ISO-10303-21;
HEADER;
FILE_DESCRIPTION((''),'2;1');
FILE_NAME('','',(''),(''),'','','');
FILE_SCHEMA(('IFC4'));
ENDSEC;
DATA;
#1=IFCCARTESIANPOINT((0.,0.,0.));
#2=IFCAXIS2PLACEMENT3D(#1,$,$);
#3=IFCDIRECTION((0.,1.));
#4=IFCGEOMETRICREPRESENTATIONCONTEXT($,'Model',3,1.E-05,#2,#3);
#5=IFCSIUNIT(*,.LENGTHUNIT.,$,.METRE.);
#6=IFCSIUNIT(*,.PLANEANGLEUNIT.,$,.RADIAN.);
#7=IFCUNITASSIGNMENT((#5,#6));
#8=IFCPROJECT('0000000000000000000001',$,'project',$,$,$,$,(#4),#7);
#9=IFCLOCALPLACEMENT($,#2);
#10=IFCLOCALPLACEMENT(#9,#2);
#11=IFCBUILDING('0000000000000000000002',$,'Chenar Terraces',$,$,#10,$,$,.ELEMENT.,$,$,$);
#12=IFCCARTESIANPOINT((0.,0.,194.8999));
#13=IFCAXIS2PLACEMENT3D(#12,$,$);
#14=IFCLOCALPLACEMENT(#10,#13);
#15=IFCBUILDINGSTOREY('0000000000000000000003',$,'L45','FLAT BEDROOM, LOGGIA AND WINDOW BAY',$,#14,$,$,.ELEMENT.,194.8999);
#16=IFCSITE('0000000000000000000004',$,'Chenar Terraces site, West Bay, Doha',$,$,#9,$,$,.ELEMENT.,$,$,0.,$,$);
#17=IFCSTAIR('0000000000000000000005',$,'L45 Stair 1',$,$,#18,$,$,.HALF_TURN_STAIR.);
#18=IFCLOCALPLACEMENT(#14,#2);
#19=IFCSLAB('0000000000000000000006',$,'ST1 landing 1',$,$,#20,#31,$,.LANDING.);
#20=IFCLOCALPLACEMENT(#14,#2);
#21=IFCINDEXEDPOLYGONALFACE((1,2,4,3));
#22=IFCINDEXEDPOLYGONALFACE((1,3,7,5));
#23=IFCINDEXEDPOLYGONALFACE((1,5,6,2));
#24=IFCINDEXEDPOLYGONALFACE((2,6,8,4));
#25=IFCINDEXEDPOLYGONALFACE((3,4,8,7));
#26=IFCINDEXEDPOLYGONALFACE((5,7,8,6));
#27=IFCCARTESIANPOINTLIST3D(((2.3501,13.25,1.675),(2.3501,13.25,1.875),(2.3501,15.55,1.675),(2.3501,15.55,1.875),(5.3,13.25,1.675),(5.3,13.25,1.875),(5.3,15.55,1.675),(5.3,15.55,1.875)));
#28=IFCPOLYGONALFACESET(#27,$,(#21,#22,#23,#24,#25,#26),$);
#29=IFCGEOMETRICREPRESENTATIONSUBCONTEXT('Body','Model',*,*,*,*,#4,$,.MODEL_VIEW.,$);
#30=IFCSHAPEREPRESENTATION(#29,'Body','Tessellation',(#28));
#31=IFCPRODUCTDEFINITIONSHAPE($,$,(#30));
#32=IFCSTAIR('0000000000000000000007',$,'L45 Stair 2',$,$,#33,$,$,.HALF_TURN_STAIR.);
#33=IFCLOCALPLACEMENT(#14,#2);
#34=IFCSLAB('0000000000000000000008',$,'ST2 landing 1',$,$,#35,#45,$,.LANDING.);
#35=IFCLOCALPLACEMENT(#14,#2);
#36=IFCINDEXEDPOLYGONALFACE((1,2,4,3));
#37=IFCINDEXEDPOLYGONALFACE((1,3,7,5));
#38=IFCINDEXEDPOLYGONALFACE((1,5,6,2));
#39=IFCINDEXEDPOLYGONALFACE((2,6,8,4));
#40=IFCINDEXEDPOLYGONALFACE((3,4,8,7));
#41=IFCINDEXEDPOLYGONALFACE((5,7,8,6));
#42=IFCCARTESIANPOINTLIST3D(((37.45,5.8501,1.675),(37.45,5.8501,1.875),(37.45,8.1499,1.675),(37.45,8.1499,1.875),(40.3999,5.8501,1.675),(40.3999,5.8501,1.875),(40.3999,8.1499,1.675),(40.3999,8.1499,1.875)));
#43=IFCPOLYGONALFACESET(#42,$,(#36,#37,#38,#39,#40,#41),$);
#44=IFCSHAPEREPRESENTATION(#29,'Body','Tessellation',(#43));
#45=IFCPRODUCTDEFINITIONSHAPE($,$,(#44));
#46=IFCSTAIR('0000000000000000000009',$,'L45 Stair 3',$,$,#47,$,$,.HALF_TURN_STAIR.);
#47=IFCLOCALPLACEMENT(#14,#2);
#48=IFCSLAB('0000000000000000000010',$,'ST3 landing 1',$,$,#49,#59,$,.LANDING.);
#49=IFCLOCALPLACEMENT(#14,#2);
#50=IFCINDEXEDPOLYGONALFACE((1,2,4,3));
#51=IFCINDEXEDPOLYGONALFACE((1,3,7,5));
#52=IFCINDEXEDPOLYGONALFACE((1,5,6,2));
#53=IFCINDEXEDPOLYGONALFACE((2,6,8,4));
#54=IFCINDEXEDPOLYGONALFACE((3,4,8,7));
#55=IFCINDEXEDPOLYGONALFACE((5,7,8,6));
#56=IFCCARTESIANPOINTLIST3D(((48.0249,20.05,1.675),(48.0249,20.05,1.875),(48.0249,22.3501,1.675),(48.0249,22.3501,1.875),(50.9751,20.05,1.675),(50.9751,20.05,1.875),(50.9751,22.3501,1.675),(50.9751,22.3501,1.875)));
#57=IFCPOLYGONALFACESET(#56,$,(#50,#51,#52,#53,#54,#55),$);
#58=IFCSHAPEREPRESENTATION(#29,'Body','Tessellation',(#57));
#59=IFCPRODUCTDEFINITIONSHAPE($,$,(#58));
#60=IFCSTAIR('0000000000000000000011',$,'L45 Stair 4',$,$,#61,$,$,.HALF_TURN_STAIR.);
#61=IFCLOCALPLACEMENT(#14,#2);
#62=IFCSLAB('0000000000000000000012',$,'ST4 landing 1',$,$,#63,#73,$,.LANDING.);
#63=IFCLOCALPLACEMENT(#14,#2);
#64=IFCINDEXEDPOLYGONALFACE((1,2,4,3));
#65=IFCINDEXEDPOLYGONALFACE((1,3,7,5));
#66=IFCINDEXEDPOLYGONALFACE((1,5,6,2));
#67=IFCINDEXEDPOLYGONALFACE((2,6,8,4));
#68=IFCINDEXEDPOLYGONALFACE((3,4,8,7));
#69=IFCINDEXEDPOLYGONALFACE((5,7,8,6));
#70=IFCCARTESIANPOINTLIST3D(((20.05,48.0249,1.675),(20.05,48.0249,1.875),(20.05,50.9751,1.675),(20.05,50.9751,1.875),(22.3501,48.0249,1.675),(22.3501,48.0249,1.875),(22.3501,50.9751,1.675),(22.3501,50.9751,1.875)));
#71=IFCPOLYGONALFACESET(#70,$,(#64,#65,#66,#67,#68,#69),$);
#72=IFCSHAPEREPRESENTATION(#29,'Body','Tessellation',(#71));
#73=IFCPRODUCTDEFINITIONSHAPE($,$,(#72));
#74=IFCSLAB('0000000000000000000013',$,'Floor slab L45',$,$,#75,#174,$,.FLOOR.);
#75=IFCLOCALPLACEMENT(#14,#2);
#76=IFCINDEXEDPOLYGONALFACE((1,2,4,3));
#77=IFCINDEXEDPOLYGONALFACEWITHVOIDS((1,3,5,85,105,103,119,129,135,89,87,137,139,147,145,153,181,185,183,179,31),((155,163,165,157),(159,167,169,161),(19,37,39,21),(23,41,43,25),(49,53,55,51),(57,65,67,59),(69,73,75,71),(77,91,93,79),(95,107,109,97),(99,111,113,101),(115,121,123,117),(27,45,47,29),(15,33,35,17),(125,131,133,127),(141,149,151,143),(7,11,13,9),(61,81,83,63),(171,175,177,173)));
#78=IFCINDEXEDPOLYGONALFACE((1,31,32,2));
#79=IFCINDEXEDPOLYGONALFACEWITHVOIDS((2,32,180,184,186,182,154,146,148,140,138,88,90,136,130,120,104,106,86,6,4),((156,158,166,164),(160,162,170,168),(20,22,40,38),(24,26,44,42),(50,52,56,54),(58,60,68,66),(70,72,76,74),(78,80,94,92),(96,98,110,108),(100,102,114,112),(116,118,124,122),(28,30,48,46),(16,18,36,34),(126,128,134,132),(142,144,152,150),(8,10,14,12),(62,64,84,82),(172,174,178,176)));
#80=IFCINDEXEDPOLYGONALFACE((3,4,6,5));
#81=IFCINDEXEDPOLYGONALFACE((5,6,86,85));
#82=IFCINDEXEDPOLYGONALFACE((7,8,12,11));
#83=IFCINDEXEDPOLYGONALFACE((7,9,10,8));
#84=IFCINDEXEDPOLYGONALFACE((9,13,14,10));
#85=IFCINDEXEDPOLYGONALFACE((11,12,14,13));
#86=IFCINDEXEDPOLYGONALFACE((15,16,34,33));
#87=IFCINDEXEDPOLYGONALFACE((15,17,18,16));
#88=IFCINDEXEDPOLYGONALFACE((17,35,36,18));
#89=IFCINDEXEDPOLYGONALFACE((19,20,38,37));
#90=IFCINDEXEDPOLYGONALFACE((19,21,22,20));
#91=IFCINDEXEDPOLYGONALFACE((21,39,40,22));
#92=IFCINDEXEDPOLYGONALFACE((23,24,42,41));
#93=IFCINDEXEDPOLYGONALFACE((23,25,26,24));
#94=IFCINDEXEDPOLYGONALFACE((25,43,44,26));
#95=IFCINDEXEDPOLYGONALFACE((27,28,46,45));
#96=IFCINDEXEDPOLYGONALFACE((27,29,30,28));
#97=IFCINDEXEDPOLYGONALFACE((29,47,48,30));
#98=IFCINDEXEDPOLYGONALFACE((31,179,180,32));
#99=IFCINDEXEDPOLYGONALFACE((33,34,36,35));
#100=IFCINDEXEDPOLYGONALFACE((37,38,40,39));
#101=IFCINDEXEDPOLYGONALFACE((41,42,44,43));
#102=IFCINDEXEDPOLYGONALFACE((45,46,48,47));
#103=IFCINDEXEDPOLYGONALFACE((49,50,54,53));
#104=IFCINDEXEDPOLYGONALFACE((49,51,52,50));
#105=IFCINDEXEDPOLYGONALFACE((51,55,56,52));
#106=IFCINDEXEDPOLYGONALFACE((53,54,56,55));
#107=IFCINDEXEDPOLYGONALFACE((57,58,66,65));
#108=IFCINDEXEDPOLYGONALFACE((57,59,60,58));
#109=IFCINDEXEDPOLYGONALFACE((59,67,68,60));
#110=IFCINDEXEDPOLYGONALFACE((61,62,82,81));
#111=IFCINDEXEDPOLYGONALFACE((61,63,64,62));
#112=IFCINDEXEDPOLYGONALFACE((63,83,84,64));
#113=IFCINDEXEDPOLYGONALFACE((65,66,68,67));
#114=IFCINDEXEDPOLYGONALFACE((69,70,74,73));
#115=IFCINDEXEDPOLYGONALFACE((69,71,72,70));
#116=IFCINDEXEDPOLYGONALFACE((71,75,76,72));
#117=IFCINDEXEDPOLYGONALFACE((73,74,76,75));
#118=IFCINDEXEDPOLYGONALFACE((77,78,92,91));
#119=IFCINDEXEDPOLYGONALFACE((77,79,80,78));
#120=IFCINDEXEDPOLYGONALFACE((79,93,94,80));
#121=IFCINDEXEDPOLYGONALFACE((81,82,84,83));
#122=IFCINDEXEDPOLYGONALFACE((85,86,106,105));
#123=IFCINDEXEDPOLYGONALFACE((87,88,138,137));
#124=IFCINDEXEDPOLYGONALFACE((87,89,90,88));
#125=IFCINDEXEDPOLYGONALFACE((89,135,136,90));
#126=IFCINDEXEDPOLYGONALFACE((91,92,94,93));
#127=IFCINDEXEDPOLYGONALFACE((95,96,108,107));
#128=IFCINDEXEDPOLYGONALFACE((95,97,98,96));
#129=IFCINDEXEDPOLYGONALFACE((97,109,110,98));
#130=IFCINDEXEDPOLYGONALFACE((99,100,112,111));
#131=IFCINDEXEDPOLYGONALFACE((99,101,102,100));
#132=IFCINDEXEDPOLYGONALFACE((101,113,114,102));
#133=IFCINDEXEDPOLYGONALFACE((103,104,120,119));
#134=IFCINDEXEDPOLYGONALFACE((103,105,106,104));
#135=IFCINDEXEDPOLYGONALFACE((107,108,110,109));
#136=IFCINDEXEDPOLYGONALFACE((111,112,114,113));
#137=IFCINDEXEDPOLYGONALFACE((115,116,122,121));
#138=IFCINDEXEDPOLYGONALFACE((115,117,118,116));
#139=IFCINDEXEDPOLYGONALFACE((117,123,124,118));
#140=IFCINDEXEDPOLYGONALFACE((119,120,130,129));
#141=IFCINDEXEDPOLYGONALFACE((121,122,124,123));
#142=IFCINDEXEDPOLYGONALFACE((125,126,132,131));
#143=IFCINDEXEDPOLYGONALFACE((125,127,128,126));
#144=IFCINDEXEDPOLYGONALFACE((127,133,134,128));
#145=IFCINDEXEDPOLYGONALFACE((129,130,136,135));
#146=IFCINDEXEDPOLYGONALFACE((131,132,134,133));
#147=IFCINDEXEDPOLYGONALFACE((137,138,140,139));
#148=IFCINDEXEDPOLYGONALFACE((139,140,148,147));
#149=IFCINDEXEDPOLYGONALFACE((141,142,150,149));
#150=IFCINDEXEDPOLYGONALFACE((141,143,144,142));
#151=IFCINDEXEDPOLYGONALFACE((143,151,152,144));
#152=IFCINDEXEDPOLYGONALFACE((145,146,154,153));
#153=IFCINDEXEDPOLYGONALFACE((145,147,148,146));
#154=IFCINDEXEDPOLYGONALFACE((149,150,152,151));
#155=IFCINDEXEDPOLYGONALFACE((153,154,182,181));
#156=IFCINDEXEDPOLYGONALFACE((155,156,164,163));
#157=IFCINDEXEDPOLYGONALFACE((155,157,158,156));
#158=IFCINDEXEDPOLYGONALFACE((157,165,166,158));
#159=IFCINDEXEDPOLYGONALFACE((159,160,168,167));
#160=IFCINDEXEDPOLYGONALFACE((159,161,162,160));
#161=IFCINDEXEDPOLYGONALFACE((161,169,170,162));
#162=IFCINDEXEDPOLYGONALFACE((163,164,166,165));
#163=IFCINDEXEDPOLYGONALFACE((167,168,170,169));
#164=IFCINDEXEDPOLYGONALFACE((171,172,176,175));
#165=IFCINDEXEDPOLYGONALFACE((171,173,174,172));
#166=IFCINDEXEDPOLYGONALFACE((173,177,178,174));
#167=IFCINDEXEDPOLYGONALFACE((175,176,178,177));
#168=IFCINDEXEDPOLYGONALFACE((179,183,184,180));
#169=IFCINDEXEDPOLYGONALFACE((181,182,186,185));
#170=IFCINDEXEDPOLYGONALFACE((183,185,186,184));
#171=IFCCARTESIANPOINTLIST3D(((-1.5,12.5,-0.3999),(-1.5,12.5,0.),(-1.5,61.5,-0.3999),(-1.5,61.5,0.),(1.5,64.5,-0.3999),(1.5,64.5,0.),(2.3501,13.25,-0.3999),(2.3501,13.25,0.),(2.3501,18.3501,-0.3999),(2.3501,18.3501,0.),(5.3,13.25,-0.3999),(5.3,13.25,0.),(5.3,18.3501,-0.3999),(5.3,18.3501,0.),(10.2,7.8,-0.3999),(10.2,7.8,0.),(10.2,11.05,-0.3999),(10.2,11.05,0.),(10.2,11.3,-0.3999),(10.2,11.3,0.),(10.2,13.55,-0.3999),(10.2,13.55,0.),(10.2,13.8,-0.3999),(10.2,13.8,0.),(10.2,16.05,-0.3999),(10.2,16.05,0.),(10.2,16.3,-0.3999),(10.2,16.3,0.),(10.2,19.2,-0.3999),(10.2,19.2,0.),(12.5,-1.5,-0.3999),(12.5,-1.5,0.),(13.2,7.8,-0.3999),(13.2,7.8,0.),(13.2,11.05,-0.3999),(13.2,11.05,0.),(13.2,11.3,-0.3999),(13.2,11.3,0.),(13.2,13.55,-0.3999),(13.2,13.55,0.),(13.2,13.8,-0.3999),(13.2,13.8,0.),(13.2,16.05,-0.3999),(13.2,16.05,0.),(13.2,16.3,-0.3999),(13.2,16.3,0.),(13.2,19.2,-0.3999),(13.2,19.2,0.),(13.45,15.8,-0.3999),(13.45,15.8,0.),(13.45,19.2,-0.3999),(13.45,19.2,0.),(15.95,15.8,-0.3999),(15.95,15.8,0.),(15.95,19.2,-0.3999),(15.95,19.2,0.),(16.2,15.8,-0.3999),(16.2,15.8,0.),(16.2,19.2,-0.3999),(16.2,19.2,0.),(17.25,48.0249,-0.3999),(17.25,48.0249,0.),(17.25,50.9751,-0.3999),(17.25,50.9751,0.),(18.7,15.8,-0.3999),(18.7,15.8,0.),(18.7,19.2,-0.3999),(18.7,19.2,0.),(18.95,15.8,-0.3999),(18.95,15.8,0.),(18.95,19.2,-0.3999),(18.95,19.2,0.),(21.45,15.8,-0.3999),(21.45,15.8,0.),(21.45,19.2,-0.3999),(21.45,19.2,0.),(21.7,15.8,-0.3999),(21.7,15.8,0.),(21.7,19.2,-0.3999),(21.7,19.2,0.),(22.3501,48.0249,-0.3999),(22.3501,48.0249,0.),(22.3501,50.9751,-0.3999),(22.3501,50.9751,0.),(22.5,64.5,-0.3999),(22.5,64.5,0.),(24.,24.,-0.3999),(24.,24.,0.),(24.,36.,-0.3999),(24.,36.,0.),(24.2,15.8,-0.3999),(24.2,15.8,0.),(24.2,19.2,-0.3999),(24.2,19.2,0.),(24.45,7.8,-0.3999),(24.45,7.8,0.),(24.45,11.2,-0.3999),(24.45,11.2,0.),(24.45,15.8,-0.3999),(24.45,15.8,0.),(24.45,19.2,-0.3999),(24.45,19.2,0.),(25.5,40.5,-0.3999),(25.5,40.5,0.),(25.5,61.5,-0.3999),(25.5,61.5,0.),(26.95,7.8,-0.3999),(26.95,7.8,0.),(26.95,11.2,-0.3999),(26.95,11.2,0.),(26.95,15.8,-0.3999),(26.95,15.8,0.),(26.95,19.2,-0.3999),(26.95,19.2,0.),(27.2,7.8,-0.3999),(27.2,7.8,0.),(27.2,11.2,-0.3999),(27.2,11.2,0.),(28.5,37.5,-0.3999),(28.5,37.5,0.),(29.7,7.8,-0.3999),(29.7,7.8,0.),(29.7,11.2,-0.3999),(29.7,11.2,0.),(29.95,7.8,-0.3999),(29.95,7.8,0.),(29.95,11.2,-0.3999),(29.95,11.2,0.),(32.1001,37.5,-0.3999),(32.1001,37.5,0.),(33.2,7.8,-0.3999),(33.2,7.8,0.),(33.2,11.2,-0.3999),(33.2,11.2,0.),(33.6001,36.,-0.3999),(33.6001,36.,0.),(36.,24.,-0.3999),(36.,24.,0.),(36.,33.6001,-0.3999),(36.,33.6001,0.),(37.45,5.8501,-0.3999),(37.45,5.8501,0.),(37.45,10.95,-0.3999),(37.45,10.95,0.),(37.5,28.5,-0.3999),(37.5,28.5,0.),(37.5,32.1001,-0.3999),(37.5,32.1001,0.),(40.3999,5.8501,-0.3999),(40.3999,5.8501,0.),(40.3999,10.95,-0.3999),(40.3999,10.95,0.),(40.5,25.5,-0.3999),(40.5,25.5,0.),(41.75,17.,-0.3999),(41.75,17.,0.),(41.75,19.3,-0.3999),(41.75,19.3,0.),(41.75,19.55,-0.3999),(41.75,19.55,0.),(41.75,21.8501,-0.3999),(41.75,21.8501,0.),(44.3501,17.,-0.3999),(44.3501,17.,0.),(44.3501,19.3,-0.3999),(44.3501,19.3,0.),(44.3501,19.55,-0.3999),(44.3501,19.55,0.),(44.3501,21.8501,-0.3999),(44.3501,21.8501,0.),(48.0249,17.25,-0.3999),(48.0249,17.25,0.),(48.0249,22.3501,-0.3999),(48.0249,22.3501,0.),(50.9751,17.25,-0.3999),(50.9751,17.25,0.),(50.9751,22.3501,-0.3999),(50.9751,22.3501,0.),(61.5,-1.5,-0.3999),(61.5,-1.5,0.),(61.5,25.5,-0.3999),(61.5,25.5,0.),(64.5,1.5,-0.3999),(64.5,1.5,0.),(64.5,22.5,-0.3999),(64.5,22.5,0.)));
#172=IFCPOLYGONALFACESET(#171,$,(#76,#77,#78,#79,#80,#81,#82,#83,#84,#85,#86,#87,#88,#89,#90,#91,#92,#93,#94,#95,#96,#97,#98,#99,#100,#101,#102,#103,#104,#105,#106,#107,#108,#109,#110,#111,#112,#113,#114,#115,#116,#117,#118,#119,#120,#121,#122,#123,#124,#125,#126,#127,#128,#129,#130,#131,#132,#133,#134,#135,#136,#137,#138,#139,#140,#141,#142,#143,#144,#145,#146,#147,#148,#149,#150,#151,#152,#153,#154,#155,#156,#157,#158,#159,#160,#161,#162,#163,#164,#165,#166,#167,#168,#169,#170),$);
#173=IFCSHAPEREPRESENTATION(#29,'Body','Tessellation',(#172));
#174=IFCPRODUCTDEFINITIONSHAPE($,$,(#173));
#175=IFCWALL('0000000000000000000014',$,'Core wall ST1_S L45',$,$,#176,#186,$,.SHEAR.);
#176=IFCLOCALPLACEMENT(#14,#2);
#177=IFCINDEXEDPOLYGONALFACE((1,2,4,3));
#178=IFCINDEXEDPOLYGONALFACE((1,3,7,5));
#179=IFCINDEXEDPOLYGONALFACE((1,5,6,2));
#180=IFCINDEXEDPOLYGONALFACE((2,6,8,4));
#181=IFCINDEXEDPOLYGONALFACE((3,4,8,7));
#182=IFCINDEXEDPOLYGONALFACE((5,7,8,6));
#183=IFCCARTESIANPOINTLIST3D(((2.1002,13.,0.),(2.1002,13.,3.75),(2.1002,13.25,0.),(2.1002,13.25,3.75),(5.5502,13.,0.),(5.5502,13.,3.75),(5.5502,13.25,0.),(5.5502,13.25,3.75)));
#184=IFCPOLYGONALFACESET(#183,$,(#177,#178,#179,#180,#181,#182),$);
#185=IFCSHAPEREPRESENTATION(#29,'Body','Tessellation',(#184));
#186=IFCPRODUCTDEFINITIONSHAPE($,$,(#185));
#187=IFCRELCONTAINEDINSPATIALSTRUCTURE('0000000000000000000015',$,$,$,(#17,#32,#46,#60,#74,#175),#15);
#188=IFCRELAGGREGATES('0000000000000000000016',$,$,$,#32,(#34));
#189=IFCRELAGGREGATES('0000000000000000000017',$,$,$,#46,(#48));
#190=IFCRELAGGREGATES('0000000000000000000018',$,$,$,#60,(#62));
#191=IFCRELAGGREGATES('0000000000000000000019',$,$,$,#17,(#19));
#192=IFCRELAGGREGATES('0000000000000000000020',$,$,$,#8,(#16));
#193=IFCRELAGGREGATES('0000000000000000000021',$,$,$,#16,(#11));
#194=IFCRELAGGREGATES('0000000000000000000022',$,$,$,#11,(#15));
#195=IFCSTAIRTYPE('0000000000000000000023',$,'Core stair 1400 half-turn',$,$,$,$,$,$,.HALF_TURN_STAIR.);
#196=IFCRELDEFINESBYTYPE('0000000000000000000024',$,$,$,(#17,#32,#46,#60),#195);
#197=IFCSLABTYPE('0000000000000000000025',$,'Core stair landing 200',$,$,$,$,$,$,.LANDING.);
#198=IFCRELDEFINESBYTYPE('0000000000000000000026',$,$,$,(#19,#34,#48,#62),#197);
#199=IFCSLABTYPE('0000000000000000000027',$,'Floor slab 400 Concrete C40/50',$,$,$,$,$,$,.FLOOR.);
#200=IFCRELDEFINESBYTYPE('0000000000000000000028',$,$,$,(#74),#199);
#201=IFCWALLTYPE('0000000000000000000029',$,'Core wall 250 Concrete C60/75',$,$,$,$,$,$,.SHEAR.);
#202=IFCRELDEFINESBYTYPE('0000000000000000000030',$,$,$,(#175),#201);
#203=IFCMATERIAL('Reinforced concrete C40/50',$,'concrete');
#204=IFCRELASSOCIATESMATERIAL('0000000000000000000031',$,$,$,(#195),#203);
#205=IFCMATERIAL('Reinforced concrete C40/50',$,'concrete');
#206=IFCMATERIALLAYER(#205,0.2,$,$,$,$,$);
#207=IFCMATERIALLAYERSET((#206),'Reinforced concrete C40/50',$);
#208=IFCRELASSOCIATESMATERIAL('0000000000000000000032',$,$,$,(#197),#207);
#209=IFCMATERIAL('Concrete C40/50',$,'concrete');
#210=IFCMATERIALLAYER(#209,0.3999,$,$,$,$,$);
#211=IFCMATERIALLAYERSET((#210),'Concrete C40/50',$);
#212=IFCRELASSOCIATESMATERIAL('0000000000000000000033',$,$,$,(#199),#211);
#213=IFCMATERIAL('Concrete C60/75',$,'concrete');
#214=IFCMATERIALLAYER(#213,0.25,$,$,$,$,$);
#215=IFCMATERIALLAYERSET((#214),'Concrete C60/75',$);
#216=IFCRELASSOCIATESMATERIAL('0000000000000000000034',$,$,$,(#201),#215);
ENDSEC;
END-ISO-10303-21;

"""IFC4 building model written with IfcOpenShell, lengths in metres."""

from ifc_helpers import new_model, si_unit, direction, frame, frame_2d, origin, place, context, subcontext, project, spatial, polyline, rectangle, outline, extrude, material, layer, layer_set, type_object, element, aggregate, save


model = new_model("IFC4")

# Units and contexts
model_context = context("Model", 3, precision=1e-05, world=origin(), true_north=direction((0.0, 1.0)))
body_context = subcontext(model_context, "Body", "Model", "MODEL_VIEW")
ifc_project = project(units=[si_unit("LENGTHUNIT", "METRE"), si_unit("PLANEANGLEUNIT", "RADIAN")], contexts=[model_context])

# Site, building, storey
site_placement = place(None, origin())
site = spatial("IfcSite", under=ifc_project, at=site_placement, Name="Chenar Terraces site, West Bay, Doha", CompositionType="ELEMENT", RefElevation=0.0)
building_placement = place(site_placement, origin())
building = spatial("IfcBuilding", under=site, at=building_placement, Name="Chenar Terraces", CompositionType="ELEMENT")
storey_placement = place(building_placement, frame((0.0, 0.0, 194.8999)))
storey = spatial("IfcBuildingStorey", under=building, at=storey_placement, Name="L45", Description="FLAT BEDROOM, LOGGIA AND WINDOW BAY", CompositionType="ELEMENT", Elevation=194.8999)

# Stairs, slabs
ifc_material_1 = material(Name="Reinforced concrete C40/50", Category="concrete")
stair_type = type_object("IfcStairType", Name="Core stair 1400 half-turn", PredefinedType="HALF_TURN_STAIR", material=ifc_material_1)
placement_1 = place(storey_placement, origin())
stair_1 = element("IfcStair", 1, at=placement_1, inside=storey, type_object=stair_type, Name="L45 Stair 1", PredefinedType="HALF_TURN_STAIR")
ifc_material_2 = material(Name="Reinforced concrete C40/50", Category="concrete")
ifc_layer_1 = layer(ifc_material_2, 0.2)
ifc_layer_set_1 = layer_set([ifc_layer_1], Name="Reinforced concrete C40/50")
slab_type_1 = type_object("IfcSlabType", Name="Core stair landing 200", PredefinedType="LANDING", material=ifc_layer_set_1)
placement_2 = place(storey_placement, frame((0.0, 0.0, 1.675)))
slab_1 = element("IfcSlab", 2, at=placement_2, type_object=slab_type_1, Name="ST1 landing 1", PredefinedType="LANDING", context=body_context, shape_type="SweptSolid", body=[
    extrude(outline(polyline([(2.3501, 15.55), (2.3501, 13.25), (5.3, 13.25), (5.3, 15.55), (2.3501, 15.55)])), origin(), (0.0, 0.0, 1.0), 0.2),
])
stair_2 = element("IfcStair", 3, at=placement_1, inside=storey, type_object=stair_type, Name="L45 Stair 2", PredefinedType="HALF_TURN_STAIR")
slab_2 = element("IfcSlab", 4, at=placement_2, type_object=slab_type_1, Name="ST2 landing 1", PredefinedType="LANDING", context=body_context, shape_type="SweptSolid", body=[
    extrude(outline(polyline([(37.45, 8.1499), (37.45, 5.8501), (40.3999, 5.8501), (40.3999, 8.1499), (37.45, 8.1499)])), origin(), (0.0, 0.0, 1.0), 0.2),
])
aggregate(stair_2, [slab_2])
stair_3 = element("IfcStair", 5, at=placement_1, inside=storey, type_object=stair_type, Name="L45 Stair 3", PredefinedType="HALF_TURN_STAIR")
slab_3 = element("IfcSlab", 6, at=placement_2, type_object=slab_type_1, Name="ST3 landing 1", PredefinedType="LANDING", context=body_context, shape_type="SweptSolid", body=[
    extrude(outline(polyline([(50.9751, 20.05), (50.9751, 22.3501), (48.0249, 22.3501), (48.0249, 20.05), (50.9751, 20.05)])), origin(), (0.0, 0.0, 1.0), 0.2),
])
aggregate(stair_3, [slab_3])
stair_4 = element("IfcStair", 7, at=placement_1, inside=storey, type_object=stair_type, Name="L45 Stair 4", PredefinedType="HALF_TURN_STAIR")
slab_4 = element("IfcSlab", 8, at=placement_2, type_object=slab_type_1, Name="ST4 landing 1", PredefinedType="LANDING", context=body_context, shape_type="SweptSolid", body=[
    extrude(outline(polyline([(20.05, 48.0249), (22.3501, 48.0249), (22.3501, 50.9751), (20.05, 50.9751), (20.05, 48.0249)])), origin(), (0.0, 0.0, 1.0), 0.2),
])
aggregate(stair_4, [slab_4])

# Slab
ifc_material_3 = material(Name="Concrete C40/50", Category="concrete")
ifc_layer_2 = layer(ifc_material_3, 0.3999)
ifc_layer_set_2 = layer_set([ifc_layer_2], Name="Concrete C40/50")
slab_type_2 = type_object("IfcSlabType", Name="Floor slab 400 Concrete C40/50", PredefinedType="FLOOR", material=ifc_layer_set_2)
slab_5_placement = place(storey_placement, frame((0.0, 0.0, -0.3999)))
element("IfcSlab", 9, at=slab_5_placement, inside=storey, type_object=slab_type_2, Name="Floor slab L45", PredefinedType="FLOOR", context=body_context, shape_type="SweptSolid", body=[
    extrude(outline(polyline([(64.5, 22.5), (64.5, 1.5), (61.5, -1.5), (12.5, -1.5), (-1.5, 12.5), (-1.5, 61.5), (1.5, 64.5), (22.5, 64.5), (25.5, 61.5), (25.5, 40.5), (28.5, 37.5), (32.1001, 37.5), (33.6001, 36.0), (24.0, 36.0), (24.0, 24.0), (36.0, 24.0), (36.0, 33.6001), (37.5, 32.1001), (37.5, 28.5), (40.5, 25.5), (61.5, 25.5), (64.5, 22.5)]), holes=[polyline([(13.2, 11.05), (10.2, 11.05), (10.2, 7.8), (13.2, 7.8), (13.2, 11.05)]), polyline([(13.2, 13.55), (10.2, 13.55), (10.2, 11.3), (13.2, 11.3), (13.2, 13.55)]), polyline([(13.2, 16.05), (10.2, 16.05), (10.2, 13.8), (13.2, 13.8), (13.2, 16.05)]), polyline([(2.3501, 13.25), (5.3, 13.25), (5.3, 18.3501), (2.3501, 18.3501), (2.3501, 13.25)]), polyline([(15.95, 19.2), (13.45, 19.2), (13.45, 15.8), (15.95, 15.8), (15.95, 19.2)]), polyline([(18.7, 19.2), (16.2, 19.2), (16.2, 15.8), (18.7, 15.8), (18.7, 19.2)]), polyline([(21.45, 19.2), (18.95, 19.2), (18.95, 15.8), (21.45, 15.8), (21.45, 19.2)]), polyline([(24.2, 15.8), (24.2, 19.2), (21.7, 19.2), (21.7, 15.8), (24.2, 15.8)]), polyline([(13.2, 16.3), (13.2, 19.2), (10.2, 19.2), (10.2, 16.3), (13.2, 16.3)]), polyline([(22.3501, 48.0249), (22.3501, 50.9751), (17.25, 50.9751), (17.25, 48.0249), (22.3501, 48.0249)]), polyline([(37.45, 5.8501), (40.3999, 5.8501), (40.3999, 10.95), (37.45, 10.95), (37.45, 5.8501)]), polyline([(26.95, 11.2), (24.45, 11.2), (24.45, 7.8), (26.95, 7.8), (26.95, 11.2)]), polyline([(29.7, 7.8), (29.7, 11.2), (27.2, 11.2), (27.2, 7.8), (29.7, 7.8)]), polyline([(33.2, 7.8), (33.2, 11.2), (29.95, 11.2), (29.95, 7.8), (33.2, 7.8)]), polyline([(26.95, 19.2), (24.45, 19.2), (24.45, 15.8), (26.95, 15.8), (26.95, 19.2)]), polyline([(44.3501, 19.3), (41.75, 19.3), (41.75, 17.0), (44.3501, 17.0), (44.3501, 19.3)]), polyline([(50.9751, 22.3501), (48.0249, 22.3501), (48.0249, 17.25), (50.9751, 17.25), (50.9751, 22.3501)]), polyline([(44.3501, 19.55), (44.3501, 21.8501), (41.75, 21.8501), (41.75, 19.55), (44.3501, 19.55)])]), origin(), (0.0, 0.0, 1.0), 0.3999),
])

# Wall
ifc_material_4 = material(Name="Concrete C60/75", Category="concrete")
ifc_layer_3 = layer(ifc_material_4, 0.25)
ifc_layer_set_3 = layer_set([ifc_layer_3], Name="Concrete C60/75")
wall_type_1 = type_object("IfcWallType", Name="Core wall 250 Concrete C60/75", PredefinedType="SHEAR", material=ifc_layer_set_3)
wall_1_placement = place(storey_placement, frame((2.1001, 13.125, 0.0), z_axis=(0.0, 0.0, 1.0), x_axis=(1.0, 0.0, 0.0)))
element("IfcWall", 10, at=wall_1_placement, inside=storey, type_object=wall_type_1, Name="Core wall ST1_S L45", PredefinedType="SHEAR", context=body_context, shape_type="SweptSolid", body=[
    extrude(rectangle(XDim=3.45, YDim=0.25, at=frame_2d((1.7251, 0.0))), origin(), (0.0, 0.0, 1.0), 3.75),
])

aggregate(stair_1, [slab_1])

save(model, "model.ifc")
